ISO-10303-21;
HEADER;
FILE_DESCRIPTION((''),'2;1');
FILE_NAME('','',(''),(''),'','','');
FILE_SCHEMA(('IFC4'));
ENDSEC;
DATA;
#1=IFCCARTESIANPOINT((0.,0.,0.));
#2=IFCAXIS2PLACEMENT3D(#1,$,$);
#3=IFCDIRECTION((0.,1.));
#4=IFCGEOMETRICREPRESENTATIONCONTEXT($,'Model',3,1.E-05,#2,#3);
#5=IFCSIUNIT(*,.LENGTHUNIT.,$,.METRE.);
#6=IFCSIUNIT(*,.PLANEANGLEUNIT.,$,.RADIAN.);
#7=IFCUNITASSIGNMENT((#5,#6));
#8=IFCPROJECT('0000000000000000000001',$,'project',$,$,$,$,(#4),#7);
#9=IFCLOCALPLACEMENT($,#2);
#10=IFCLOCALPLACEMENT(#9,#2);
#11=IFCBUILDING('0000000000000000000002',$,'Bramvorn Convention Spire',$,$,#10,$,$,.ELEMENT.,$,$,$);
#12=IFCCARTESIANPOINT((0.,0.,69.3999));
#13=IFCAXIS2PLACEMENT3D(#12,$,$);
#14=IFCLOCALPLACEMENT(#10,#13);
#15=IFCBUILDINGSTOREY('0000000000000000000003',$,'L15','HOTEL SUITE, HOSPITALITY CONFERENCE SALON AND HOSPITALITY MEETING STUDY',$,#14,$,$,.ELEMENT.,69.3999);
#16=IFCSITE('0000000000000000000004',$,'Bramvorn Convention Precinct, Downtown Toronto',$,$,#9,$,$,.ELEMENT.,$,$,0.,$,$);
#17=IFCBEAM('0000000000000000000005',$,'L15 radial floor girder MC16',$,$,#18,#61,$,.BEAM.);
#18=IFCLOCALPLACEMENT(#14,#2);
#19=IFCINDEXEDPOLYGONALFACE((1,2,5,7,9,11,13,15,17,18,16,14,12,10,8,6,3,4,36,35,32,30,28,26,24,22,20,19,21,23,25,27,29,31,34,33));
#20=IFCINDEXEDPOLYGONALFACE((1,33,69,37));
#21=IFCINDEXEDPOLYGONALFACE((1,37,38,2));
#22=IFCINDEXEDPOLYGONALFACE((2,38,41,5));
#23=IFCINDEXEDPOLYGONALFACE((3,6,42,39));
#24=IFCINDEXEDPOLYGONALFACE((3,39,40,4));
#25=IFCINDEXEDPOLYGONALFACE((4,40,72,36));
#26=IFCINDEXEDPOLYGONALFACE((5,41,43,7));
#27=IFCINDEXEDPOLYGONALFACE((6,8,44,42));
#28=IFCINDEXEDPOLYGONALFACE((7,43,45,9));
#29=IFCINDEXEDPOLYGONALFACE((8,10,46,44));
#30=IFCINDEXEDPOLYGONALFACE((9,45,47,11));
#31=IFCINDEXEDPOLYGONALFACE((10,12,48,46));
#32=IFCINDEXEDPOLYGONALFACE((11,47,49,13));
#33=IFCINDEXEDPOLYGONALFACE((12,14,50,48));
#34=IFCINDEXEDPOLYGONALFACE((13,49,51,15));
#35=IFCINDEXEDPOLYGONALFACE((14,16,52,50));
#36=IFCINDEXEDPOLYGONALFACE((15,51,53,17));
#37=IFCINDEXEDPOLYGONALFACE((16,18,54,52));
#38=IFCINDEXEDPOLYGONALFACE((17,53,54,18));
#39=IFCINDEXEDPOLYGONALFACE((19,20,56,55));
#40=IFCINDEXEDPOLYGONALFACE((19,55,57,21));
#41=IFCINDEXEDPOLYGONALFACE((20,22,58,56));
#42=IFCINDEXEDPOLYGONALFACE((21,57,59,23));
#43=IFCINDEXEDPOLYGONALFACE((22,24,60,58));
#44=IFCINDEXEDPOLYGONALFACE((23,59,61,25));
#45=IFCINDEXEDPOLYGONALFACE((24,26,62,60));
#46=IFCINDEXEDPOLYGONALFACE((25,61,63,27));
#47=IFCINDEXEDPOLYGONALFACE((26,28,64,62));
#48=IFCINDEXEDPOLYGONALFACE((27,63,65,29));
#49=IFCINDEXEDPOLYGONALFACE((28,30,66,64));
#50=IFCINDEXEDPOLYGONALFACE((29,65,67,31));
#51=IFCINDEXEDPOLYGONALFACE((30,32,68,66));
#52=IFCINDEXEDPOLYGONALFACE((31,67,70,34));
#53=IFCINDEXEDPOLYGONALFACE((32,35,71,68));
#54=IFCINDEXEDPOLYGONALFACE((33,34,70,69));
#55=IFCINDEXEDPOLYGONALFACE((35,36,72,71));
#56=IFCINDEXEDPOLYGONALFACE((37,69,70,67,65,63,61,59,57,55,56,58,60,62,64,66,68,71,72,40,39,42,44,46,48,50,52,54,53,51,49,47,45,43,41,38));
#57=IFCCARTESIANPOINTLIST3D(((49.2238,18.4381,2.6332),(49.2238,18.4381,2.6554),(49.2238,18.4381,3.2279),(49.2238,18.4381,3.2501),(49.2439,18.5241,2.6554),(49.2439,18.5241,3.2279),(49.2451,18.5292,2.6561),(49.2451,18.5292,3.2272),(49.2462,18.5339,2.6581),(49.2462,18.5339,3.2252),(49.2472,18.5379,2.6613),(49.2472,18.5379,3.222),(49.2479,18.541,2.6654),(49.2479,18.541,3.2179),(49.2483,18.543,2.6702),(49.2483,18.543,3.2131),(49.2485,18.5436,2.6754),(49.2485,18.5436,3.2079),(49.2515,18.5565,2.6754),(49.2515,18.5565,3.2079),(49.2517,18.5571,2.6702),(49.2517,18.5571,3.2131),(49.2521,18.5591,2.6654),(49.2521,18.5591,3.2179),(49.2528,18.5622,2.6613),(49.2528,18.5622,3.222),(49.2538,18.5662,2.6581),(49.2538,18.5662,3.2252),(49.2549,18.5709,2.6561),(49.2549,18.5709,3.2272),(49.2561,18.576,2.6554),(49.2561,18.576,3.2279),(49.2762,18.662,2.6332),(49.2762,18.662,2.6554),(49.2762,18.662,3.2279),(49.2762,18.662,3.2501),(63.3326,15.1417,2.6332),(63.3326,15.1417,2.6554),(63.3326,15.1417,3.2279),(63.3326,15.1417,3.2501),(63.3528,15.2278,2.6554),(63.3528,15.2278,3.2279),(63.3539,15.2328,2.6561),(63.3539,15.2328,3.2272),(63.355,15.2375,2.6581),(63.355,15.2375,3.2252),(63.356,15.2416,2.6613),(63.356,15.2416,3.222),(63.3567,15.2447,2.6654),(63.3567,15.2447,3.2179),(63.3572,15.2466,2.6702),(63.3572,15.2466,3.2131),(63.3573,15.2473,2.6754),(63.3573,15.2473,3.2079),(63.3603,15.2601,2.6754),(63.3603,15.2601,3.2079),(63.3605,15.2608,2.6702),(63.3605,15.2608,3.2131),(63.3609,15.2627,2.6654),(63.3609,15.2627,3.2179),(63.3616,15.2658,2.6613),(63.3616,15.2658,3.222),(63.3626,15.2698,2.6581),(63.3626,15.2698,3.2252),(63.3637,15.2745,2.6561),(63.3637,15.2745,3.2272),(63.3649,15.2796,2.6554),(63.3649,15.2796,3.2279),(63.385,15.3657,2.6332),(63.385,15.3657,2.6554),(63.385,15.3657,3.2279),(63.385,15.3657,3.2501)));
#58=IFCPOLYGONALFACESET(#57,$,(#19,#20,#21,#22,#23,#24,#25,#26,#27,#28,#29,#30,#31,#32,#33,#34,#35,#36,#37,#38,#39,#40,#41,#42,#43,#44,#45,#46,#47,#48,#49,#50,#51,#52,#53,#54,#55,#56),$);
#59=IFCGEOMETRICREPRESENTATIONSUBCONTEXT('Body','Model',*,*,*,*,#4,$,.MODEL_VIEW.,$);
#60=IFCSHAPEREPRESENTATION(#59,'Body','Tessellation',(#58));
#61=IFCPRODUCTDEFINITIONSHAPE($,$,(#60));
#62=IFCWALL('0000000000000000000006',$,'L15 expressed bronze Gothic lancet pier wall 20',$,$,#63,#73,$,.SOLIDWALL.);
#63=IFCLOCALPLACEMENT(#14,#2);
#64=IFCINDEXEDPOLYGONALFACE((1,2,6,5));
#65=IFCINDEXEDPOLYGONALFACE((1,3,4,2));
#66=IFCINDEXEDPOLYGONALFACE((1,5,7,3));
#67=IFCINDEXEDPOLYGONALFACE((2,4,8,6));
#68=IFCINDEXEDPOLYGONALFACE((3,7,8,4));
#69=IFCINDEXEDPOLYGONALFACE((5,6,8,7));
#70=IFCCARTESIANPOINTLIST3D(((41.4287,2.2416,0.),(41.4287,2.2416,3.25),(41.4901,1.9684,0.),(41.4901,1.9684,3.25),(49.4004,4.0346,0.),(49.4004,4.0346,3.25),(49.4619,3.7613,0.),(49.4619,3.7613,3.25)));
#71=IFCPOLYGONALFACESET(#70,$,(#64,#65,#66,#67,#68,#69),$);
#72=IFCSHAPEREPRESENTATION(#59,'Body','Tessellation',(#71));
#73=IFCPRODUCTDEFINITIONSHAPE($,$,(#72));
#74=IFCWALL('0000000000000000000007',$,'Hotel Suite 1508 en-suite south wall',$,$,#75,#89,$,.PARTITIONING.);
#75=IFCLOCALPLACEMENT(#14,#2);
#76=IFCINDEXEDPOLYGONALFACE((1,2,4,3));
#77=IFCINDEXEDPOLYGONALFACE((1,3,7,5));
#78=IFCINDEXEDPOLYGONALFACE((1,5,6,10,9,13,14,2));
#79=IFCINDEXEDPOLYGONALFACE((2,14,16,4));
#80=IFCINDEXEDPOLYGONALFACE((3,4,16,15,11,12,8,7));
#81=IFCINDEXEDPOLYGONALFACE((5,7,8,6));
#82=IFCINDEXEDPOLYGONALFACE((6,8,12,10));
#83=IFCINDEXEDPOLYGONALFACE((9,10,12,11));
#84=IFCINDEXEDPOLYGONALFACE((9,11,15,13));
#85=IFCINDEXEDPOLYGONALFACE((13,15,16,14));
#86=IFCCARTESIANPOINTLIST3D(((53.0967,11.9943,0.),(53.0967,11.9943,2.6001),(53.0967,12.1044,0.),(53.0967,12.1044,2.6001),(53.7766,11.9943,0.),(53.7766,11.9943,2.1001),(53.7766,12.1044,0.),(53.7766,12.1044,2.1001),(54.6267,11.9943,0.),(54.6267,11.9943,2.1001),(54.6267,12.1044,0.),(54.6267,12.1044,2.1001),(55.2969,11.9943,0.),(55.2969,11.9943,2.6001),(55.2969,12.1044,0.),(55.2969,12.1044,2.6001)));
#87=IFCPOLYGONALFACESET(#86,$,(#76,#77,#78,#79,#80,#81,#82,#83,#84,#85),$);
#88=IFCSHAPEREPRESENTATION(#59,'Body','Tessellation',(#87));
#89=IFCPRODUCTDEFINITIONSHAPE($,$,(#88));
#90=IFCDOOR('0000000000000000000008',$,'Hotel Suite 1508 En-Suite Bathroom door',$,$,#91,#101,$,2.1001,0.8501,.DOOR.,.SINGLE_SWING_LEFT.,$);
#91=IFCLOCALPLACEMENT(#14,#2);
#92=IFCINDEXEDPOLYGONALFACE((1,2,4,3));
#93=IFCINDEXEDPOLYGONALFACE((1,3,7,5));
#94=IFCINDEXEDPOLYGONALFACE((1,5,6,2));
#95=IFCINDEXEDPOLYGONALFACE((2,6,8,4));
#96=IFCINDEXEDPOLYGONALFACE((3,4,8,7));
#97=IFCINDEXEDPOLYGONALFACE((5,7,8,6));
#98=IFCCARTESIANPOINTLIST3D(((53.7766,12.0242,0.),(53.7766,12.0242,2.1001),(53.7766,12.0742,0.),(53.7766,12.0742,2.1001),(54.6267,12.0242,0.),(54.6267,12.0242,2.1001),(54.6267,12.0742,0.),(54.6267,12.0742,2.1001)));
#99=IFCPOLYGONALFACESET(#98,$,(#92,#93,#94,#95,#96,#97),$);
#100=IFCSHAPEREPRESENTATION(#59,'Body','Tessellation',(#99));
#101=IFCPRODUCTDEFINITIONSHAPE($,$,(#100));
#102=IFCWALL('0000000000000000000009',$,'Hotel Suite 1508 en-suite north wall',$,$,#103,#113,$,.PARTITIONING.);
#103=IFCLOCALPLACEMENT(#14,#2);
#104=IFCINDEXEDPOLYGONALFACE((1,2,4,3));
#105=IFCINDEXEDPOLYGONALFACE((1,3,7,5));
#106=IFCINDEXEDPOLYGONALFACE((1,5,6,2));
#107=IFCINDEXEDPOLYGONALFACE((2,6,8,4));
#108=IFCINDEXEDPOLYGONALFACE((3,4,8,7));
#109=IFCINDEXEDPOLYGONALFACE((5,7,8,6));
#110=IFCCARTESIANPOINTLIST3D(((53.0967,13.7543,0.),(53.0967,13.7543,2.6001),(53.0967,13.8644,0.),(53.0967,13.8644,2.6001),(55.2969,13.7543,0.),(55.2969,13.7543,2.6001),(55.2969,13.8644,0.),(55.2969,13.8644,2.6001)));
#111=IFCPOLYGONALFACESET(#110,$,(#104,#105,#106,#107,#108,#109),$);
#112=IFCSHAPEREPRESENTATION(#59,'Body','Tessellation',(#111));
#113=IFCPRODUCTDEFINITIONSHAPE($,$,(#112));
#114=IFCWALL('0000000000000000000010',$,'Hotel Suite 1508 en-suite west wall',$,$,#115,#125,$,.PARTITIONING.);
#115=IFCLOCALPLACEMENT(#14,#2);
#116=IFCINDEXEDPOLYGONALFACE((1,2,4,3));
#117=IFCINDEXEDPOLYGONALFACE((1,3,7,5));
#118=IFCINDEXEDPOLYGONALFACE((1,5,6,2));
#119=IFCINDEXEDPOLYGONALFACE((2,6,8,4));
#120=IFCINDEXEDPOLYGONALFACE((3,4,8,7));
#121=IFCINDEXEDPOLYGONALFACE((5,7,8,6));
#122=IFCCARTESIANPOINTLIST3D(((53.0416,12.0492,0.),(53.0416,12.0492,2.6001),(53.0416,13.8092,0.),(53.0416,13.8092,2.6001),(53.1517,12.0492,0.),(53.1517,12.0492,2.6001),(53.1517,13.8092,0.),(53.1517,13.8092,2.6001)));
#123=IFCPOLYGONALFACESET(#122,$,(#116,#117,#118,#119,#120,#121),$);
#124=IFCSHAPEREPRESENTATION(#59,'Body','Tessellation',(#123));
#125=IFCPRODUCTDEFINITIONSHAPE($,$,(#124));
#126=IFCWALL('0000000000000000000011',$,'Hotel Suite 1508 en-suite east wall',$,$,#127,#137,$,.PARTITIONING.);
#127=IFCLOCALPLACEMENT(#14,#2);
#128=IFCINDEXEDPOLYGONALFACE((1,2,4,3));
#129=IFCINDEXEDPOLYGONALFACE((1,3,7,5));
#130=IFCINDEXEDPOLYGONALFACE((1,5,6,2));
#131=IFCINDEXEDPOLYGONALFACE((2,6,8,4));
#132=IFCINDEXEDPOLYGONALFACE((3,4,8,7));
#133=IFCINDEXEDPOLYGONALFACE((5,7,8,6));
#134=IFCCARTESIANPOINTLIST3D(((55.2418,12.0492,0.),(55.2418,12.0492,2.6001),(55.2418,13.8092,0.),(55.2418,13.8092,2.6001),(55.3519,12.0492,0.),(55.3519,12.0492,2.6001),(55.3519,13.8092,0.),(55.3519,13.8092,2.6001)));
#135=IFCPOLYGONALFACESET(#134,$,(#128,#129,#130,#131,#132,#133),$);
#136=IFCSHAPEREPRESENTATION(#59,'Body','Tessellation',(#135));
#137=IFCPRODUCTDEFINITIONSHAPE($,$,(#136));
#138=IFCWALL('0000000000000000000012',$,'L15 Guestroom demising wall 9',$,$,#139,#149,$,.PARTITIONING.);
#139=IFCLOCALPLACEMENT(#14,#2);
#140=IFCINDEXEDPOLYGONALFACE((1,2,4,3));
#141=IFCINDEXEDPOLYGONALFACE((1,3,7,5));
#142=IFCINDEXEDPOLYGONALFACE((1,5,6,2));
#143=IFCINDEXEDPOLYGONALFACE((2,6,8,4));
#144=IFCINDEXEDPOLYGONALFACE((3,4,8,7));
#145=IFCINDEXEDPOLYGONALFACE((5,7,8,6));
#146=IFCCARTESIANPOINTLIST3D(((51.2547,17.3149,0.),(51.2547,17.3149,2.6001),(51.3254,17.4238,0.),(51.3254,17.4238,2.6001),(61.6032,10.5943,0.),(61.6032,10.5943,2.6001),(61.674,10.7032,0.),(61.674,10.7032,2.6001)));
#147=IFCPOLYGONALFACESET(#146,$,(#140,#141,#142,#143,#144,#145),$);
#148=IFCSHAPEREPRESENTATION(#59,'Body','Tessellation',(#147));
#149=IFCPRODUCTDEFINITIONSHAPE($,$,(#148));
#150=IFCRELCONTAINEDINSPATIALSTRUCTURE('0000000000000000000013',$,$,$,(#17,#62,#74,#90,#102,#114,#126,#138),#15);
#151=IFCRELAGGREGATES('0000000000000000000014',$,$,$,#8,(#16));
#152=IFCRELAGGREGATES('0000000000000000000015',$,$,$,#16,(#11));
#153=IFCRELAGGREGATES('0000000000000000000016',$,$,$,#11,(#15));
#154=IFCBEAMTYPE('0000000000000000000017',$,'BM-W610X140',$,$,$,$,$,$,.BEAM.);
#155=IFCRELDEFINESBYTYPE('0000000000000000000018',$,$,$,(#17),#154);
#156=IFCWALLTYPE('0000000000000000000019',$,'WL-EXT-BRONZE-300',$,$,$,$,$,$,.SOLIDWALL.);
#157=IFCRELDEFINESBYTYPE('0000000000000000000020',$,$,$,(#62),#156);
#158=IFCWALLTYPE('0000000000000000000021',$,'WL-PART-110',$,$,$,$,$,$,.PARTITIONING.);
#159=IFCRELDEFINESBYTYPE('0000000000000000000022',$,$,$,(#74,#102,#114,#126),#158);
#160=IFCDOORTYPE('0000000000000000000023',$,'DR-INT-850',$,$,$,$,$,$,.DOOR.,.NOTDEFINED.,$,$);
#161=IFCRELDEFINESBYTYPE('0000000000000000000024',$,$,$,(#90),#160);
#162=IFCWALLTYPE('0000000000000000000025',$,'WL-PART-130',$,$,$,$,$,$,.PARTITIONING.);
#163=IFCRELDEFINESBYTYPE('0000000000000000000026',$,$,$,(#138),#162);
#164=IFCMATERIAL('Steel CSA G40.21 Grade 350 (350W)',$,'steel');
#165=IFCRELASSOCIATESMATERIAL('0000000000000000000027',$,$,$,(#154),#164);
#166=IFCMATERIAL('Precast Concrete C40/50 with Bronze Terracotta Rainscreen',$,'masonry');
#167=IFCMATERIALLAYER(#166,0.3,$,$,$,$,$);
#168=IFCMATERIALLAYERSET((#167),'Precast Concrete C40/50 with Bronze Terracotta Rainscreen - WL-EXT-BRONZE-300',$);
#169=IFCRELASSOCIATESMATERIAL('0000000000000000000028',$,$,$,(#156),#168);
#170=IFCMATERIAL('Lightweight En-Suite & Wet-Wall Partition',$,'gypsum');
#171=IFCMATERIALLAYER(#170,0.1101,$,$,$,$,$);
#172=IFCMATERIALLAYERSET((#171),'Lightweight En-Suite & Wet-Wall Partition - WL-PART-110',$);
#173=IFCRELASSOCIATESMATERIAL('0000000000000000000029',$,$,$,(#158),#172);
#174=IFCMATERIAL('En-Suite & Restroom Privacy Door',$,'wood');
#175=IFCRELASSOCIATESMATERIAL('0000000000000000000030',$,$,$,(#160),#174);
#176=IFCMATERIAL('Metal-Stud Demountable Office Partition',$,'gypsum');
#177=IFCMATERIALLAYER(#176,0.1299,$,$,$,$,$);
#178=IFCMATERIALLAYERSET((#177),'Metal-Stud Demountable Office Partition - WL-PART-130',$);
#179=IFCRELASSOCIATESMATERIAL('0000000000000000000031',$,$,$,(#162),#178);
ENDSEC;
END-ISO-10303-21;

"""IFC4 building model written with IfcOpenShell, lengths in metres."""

from ifc_helpers import new_model, si_unit, direction, frame, frame_2d, origin, origin_2d, place, context, subcontext, project, spatial, rectangle, i_section, extrude, material, layer, layer_set, material_profile, profile_set, type_object, element, fill, save


model = new_model("IFC4")

# Units and contexts
model_context = context("Model", 3, precision=1e-05, world=origin(), true_north=direction((0.0, 1.0)))
body_context = subcontext(model_context, "Body", "Model", "MODEL_VIEW")
ifc_project = project(units=[si_unit("LENGTHUNIT", "METRE"), si_unit("PLANEANGLEUNIT", "RADIAN")], contexts=[model_context])

# Site, building, storey
site_placement = place(None, origin())
site = spatial("IfcSite", under=ifc_project, at=site_placement, Name="Bramvorn Convention Precinct, Downtown Toronto", CompositionType="ELEMENT", RefElevation=0.0)
building_placement = place(site_placement, origin())
building = spatial("IfcBuilding", under=site, at=building_placement, Name="Bramvorn Convention Spire", CompositionType="ELEMENT")
storey_placement = place(building_placement, frame((0.0, 0.0, 69.3999)))
storey = spatial("IfcBuildingStorey", under=building, at=storey_placement, Name="L15", Description="HOTEL SUITE, HOSPITALITY CONFERENCE SALON AND HOSPITALITY MEETING STUDY", CompositionType="ELEMENT", Elevation=69.3999)

# Shared definitions
ifc_material_1 = material(Name="Steel CSA G40.21 Grade 350 (350W)", Category="steel")

# Beam
ifc_material_profile_1 = material_profile(ifc_material_1, i_section(OverallWidth=0.23, OverallDepth=0.6169, WebThickness=0.0132, FlangeThickness=0.0222, FilletRadius=0.02, at=origin_2d()))
ifc_profile_set_1 = profile_set([ifc_material_profile_1], Name="Steel CSA G40.21 Grade 350 (350W) - W610X140")
beam_type_1 = type_object("IfcBeamType", Name="BM-W610X140", PredefinedType="BEAM", material=ifc_profile_set_1)
beam_1_placement = place(storey_placement, frame((49.25, 18.55, 2.9417), z_axis=(0.973775, -0.227512, 0.0), x_axis=(0.227512, 0.973775, 0.0)))
element("IfcBeam", 1, at=beam_1_placement, inside=storey, type_object=beam_type_1, Name="L15 radial floor girder MC16", PredefinedType="BEAM", context=body_context, shape_type="SweptSolid", body=[
    extrude(i_section(OverallWidth=0.23, OverallDepth=0.6169, WebThickness=0.0132, FlangeThickness=0.0222, FilletRadius=0.02, at=origin_2d()), origin(), (0.0, 0.0, 1.0), 14.4888),
])

# Wall
ifc_material_2 = material(Name="Precast Concrete C40/50 with Bronze Terracotta Rainscreen", Category="masonry")
ifc_layer_1 = layer(ifc_material_2, 0.3)
ifc_layer_set_1 = layer_set([ifc_layer_1], Name="Precast Concrete C40/50 with Bronze Terracotta Rainscreen - WL-EXT-BRONZE-300")
wall_type_1 = type_object("IfcWallType", Name="WL-EXT-BRONZE-300", PredefinedType="SOLIDWALL", material=ifc_layer_set_1)
wall_1_placement = place(storey_placement, frame((49.4312, 3.8979, 0.0), z_axis=(0.0, 0.0, 1.0), x_axis=(-0.975627, -0.219435, 0.0)))
element("IfcWall", 2, at=wall_1_placement, inside=storey, type_object=wall_type_1, Name="L15 expressed bronze Gothic lancet pier wall 20", PredefinedType="SOLIDWALL", context=body_context, shape_type="SweptSolid", body=[
    extrude(rectangle(XDim=8.1709, YDim=0.28, at=frame_2d((4.0854, 0.0))), origin(), (0.0, 0.0, 1.0), 3.25),
])

# Wall, opening, door
ifc_material_3 = material(Name="Lightweight En-Suite & Wet-Wall Partition", Category="gypsum")
ifc_layer_2 = layer(ifc_material_3, 0.1101)
ifc_layer_set_2 = layer_set([ifc_layer_2], Name="Lightweight En-Suite & Wet-Wall Partition - WL-PART-110")
wall_type_2 = type_object("IfcWallType", Name="WL-PART-110", PredefinedType="PARTITIONING", material=ifc_layer_set_2)
wall_2_placement = place(storey_placement, frame((53.0967, 12.0493, 0.0), z_axis=(0.0, 0.0, 1.0), x_axis=(1.0, 0.0, 0.0)))
wall_2 = element("IfcWall", 3, at=wall_2_placement, inside=storey, type_object=wall_type_2, Name="Hotel Suite 1508 en-suite south wall", PredefinedType="PARTITIONING", context=body_context, shape_type="SweptSolid", body=[
    extrude(rectangle(XDim=2.2002, YDim=0.1101, at=frame_2d((1.1001, 0.0))), origin(), (0.0, 0.0, 1.0), 2.6001),
])
opening_1_placement = place(wall_2_placement, frame((0.6799, 0.0, 0.0)))
opening_1 = element("IfcOpeningElement", 4, at=opening_1_placement, cuts=wall_2, PredefinedType="OPENING", context=body_context, shape_type="SweptSolid", body=[
    extrude(rectangle(XDim=0.8501, YDim=2.1001, at=frame_2d((0.425, 1.05))), frame((0.0, 0.0649, 0.0), z_axis=(0.0, -1.0, 0.0), x_axis=(1.0, 0.0, 0.0)), (0.0, 0.0, 1.0), 0.1301),
])
ifc_material_4 = material(Name="En-Suite & Restroom Privacy Door", Category="wood")
door_type_1 = type_object("IfcDoorType", Name="DR-INT-850", OperationType="NOTDEFINED", PredefinedType="DOOR", material=ifc_material_4)
door_1_placement = place(opening_1_placement, origin())
door_1 = element("IfcDoor", 5, at=door_1_placement, inside=storey, type_object=door_type_1, Name="Hotel Suite 1508 En-Suite Bathroom door", OperationType="SINGLE_SWING_LEFT", OverallHeight=2.1001, OverallWidth=0.8501, PredefinedType="DOOR", context=body_context, shape_type="SweptSolid", body=[
    extrude(rectangle(XDim=0.8501, YDim=2.1001, at=frame_2d((0.425, 1.05))), frame((0.0, 0.0249, 0.0), z_axis=(0.0, -1.0, 0.0), x_axis=(1.0, 0.0, 0.0)), (0.0, 0.0, 1.0), 0.05),
])
fill(opening_1, door_1)

# Walls
wall_3_placement = place(storey_placement, frame((53.0967, 13.8093, 0.0), z_axis=(0.0, 0.0, 1.0), x_axis=(1.0, 0.0, 0.0)))
element("IfcWall", 6, at=wall_3_placement, inside=storey, type_object=wall_type_2, Name="Hotel Suite 1508 en-suite north wall", PredefinedType="PARTITIONING", context=body_context, shape_type="SweptSolid", body=[
    extrude(rectangle(XDim=2.2002, YDim=0.1101, at=frame_2d((1.1001, 0.0))), origin(), (0.0, 0.0, 1.0), 2.6001),
])
for number, where, z_axis, x_axis, name in (
    (7, (53.0967, 12.0493, 0.0), (0.0, 0.0, 1.0), (0.0, 1.0, 0.0), "Hotel Suite 1508 en-suite west wall"),
    (8, (55.2969, 12.0493, 0.0), (0.0, 0.0, 1.0), (0.0, 1.0, 0.0), "Hotel Suite 1508 en-suite east wall"),
):
    element("IfcWall", number, at=place(storey_placement, frame(where, z_axis=z_axis, x_axis=x_axis)), inside=storey, type_object=wall_type_2, Name=name, PredefinedType="PARTITIONING", context=body_context, shape_type="SweptSolid", body=[
        extrude(rectangle(XDim=1.76, YDim=0.1101, at=frame_2d((0.8799, 0.0))), origin(), (0.0, 0.0, 1.0), 2.6001),
    ])
ifc_material_5 = material(Name="Metal-Stud Demountable Office Partition", Category="gypsum")
ifc_layer_3 = layer(ifc_material_5, 0.1299)
ifc_layer_set_3 = layer_set([ifc_layer_3], Name="Metal-Stud Demountable Office Partition - WL-PART-130")
wall_type_3 = type_object("IfcWallType", Name="WL-PART-130", PredefinedType="PARTITIONING", material=ifc_layer_set_3)
wall_4_placement = place(storey_placement, frame((51.29, 17.3694, 0.0), z_axis=(0.0, 0.0, 1.0), x_axis=(0.838662, -0.544652, 0.0)))
element("IfcWall", 9, at=wall_4_placement, inside=storey, type_object=wall_type_3, Name="L15 Guestroom demising wall 9", PredefinedType="PARTITIONING", context=body_context, shape_type="SweptSolid", body=[
    extrude(rectangle(XDim=12.3394, YDim=0.1299, at=frame_2d((6.1697, 0.0))), origin(), (0.0, 0.0, 1.0), 2.6001),
])

save(model, "model.ifc")
